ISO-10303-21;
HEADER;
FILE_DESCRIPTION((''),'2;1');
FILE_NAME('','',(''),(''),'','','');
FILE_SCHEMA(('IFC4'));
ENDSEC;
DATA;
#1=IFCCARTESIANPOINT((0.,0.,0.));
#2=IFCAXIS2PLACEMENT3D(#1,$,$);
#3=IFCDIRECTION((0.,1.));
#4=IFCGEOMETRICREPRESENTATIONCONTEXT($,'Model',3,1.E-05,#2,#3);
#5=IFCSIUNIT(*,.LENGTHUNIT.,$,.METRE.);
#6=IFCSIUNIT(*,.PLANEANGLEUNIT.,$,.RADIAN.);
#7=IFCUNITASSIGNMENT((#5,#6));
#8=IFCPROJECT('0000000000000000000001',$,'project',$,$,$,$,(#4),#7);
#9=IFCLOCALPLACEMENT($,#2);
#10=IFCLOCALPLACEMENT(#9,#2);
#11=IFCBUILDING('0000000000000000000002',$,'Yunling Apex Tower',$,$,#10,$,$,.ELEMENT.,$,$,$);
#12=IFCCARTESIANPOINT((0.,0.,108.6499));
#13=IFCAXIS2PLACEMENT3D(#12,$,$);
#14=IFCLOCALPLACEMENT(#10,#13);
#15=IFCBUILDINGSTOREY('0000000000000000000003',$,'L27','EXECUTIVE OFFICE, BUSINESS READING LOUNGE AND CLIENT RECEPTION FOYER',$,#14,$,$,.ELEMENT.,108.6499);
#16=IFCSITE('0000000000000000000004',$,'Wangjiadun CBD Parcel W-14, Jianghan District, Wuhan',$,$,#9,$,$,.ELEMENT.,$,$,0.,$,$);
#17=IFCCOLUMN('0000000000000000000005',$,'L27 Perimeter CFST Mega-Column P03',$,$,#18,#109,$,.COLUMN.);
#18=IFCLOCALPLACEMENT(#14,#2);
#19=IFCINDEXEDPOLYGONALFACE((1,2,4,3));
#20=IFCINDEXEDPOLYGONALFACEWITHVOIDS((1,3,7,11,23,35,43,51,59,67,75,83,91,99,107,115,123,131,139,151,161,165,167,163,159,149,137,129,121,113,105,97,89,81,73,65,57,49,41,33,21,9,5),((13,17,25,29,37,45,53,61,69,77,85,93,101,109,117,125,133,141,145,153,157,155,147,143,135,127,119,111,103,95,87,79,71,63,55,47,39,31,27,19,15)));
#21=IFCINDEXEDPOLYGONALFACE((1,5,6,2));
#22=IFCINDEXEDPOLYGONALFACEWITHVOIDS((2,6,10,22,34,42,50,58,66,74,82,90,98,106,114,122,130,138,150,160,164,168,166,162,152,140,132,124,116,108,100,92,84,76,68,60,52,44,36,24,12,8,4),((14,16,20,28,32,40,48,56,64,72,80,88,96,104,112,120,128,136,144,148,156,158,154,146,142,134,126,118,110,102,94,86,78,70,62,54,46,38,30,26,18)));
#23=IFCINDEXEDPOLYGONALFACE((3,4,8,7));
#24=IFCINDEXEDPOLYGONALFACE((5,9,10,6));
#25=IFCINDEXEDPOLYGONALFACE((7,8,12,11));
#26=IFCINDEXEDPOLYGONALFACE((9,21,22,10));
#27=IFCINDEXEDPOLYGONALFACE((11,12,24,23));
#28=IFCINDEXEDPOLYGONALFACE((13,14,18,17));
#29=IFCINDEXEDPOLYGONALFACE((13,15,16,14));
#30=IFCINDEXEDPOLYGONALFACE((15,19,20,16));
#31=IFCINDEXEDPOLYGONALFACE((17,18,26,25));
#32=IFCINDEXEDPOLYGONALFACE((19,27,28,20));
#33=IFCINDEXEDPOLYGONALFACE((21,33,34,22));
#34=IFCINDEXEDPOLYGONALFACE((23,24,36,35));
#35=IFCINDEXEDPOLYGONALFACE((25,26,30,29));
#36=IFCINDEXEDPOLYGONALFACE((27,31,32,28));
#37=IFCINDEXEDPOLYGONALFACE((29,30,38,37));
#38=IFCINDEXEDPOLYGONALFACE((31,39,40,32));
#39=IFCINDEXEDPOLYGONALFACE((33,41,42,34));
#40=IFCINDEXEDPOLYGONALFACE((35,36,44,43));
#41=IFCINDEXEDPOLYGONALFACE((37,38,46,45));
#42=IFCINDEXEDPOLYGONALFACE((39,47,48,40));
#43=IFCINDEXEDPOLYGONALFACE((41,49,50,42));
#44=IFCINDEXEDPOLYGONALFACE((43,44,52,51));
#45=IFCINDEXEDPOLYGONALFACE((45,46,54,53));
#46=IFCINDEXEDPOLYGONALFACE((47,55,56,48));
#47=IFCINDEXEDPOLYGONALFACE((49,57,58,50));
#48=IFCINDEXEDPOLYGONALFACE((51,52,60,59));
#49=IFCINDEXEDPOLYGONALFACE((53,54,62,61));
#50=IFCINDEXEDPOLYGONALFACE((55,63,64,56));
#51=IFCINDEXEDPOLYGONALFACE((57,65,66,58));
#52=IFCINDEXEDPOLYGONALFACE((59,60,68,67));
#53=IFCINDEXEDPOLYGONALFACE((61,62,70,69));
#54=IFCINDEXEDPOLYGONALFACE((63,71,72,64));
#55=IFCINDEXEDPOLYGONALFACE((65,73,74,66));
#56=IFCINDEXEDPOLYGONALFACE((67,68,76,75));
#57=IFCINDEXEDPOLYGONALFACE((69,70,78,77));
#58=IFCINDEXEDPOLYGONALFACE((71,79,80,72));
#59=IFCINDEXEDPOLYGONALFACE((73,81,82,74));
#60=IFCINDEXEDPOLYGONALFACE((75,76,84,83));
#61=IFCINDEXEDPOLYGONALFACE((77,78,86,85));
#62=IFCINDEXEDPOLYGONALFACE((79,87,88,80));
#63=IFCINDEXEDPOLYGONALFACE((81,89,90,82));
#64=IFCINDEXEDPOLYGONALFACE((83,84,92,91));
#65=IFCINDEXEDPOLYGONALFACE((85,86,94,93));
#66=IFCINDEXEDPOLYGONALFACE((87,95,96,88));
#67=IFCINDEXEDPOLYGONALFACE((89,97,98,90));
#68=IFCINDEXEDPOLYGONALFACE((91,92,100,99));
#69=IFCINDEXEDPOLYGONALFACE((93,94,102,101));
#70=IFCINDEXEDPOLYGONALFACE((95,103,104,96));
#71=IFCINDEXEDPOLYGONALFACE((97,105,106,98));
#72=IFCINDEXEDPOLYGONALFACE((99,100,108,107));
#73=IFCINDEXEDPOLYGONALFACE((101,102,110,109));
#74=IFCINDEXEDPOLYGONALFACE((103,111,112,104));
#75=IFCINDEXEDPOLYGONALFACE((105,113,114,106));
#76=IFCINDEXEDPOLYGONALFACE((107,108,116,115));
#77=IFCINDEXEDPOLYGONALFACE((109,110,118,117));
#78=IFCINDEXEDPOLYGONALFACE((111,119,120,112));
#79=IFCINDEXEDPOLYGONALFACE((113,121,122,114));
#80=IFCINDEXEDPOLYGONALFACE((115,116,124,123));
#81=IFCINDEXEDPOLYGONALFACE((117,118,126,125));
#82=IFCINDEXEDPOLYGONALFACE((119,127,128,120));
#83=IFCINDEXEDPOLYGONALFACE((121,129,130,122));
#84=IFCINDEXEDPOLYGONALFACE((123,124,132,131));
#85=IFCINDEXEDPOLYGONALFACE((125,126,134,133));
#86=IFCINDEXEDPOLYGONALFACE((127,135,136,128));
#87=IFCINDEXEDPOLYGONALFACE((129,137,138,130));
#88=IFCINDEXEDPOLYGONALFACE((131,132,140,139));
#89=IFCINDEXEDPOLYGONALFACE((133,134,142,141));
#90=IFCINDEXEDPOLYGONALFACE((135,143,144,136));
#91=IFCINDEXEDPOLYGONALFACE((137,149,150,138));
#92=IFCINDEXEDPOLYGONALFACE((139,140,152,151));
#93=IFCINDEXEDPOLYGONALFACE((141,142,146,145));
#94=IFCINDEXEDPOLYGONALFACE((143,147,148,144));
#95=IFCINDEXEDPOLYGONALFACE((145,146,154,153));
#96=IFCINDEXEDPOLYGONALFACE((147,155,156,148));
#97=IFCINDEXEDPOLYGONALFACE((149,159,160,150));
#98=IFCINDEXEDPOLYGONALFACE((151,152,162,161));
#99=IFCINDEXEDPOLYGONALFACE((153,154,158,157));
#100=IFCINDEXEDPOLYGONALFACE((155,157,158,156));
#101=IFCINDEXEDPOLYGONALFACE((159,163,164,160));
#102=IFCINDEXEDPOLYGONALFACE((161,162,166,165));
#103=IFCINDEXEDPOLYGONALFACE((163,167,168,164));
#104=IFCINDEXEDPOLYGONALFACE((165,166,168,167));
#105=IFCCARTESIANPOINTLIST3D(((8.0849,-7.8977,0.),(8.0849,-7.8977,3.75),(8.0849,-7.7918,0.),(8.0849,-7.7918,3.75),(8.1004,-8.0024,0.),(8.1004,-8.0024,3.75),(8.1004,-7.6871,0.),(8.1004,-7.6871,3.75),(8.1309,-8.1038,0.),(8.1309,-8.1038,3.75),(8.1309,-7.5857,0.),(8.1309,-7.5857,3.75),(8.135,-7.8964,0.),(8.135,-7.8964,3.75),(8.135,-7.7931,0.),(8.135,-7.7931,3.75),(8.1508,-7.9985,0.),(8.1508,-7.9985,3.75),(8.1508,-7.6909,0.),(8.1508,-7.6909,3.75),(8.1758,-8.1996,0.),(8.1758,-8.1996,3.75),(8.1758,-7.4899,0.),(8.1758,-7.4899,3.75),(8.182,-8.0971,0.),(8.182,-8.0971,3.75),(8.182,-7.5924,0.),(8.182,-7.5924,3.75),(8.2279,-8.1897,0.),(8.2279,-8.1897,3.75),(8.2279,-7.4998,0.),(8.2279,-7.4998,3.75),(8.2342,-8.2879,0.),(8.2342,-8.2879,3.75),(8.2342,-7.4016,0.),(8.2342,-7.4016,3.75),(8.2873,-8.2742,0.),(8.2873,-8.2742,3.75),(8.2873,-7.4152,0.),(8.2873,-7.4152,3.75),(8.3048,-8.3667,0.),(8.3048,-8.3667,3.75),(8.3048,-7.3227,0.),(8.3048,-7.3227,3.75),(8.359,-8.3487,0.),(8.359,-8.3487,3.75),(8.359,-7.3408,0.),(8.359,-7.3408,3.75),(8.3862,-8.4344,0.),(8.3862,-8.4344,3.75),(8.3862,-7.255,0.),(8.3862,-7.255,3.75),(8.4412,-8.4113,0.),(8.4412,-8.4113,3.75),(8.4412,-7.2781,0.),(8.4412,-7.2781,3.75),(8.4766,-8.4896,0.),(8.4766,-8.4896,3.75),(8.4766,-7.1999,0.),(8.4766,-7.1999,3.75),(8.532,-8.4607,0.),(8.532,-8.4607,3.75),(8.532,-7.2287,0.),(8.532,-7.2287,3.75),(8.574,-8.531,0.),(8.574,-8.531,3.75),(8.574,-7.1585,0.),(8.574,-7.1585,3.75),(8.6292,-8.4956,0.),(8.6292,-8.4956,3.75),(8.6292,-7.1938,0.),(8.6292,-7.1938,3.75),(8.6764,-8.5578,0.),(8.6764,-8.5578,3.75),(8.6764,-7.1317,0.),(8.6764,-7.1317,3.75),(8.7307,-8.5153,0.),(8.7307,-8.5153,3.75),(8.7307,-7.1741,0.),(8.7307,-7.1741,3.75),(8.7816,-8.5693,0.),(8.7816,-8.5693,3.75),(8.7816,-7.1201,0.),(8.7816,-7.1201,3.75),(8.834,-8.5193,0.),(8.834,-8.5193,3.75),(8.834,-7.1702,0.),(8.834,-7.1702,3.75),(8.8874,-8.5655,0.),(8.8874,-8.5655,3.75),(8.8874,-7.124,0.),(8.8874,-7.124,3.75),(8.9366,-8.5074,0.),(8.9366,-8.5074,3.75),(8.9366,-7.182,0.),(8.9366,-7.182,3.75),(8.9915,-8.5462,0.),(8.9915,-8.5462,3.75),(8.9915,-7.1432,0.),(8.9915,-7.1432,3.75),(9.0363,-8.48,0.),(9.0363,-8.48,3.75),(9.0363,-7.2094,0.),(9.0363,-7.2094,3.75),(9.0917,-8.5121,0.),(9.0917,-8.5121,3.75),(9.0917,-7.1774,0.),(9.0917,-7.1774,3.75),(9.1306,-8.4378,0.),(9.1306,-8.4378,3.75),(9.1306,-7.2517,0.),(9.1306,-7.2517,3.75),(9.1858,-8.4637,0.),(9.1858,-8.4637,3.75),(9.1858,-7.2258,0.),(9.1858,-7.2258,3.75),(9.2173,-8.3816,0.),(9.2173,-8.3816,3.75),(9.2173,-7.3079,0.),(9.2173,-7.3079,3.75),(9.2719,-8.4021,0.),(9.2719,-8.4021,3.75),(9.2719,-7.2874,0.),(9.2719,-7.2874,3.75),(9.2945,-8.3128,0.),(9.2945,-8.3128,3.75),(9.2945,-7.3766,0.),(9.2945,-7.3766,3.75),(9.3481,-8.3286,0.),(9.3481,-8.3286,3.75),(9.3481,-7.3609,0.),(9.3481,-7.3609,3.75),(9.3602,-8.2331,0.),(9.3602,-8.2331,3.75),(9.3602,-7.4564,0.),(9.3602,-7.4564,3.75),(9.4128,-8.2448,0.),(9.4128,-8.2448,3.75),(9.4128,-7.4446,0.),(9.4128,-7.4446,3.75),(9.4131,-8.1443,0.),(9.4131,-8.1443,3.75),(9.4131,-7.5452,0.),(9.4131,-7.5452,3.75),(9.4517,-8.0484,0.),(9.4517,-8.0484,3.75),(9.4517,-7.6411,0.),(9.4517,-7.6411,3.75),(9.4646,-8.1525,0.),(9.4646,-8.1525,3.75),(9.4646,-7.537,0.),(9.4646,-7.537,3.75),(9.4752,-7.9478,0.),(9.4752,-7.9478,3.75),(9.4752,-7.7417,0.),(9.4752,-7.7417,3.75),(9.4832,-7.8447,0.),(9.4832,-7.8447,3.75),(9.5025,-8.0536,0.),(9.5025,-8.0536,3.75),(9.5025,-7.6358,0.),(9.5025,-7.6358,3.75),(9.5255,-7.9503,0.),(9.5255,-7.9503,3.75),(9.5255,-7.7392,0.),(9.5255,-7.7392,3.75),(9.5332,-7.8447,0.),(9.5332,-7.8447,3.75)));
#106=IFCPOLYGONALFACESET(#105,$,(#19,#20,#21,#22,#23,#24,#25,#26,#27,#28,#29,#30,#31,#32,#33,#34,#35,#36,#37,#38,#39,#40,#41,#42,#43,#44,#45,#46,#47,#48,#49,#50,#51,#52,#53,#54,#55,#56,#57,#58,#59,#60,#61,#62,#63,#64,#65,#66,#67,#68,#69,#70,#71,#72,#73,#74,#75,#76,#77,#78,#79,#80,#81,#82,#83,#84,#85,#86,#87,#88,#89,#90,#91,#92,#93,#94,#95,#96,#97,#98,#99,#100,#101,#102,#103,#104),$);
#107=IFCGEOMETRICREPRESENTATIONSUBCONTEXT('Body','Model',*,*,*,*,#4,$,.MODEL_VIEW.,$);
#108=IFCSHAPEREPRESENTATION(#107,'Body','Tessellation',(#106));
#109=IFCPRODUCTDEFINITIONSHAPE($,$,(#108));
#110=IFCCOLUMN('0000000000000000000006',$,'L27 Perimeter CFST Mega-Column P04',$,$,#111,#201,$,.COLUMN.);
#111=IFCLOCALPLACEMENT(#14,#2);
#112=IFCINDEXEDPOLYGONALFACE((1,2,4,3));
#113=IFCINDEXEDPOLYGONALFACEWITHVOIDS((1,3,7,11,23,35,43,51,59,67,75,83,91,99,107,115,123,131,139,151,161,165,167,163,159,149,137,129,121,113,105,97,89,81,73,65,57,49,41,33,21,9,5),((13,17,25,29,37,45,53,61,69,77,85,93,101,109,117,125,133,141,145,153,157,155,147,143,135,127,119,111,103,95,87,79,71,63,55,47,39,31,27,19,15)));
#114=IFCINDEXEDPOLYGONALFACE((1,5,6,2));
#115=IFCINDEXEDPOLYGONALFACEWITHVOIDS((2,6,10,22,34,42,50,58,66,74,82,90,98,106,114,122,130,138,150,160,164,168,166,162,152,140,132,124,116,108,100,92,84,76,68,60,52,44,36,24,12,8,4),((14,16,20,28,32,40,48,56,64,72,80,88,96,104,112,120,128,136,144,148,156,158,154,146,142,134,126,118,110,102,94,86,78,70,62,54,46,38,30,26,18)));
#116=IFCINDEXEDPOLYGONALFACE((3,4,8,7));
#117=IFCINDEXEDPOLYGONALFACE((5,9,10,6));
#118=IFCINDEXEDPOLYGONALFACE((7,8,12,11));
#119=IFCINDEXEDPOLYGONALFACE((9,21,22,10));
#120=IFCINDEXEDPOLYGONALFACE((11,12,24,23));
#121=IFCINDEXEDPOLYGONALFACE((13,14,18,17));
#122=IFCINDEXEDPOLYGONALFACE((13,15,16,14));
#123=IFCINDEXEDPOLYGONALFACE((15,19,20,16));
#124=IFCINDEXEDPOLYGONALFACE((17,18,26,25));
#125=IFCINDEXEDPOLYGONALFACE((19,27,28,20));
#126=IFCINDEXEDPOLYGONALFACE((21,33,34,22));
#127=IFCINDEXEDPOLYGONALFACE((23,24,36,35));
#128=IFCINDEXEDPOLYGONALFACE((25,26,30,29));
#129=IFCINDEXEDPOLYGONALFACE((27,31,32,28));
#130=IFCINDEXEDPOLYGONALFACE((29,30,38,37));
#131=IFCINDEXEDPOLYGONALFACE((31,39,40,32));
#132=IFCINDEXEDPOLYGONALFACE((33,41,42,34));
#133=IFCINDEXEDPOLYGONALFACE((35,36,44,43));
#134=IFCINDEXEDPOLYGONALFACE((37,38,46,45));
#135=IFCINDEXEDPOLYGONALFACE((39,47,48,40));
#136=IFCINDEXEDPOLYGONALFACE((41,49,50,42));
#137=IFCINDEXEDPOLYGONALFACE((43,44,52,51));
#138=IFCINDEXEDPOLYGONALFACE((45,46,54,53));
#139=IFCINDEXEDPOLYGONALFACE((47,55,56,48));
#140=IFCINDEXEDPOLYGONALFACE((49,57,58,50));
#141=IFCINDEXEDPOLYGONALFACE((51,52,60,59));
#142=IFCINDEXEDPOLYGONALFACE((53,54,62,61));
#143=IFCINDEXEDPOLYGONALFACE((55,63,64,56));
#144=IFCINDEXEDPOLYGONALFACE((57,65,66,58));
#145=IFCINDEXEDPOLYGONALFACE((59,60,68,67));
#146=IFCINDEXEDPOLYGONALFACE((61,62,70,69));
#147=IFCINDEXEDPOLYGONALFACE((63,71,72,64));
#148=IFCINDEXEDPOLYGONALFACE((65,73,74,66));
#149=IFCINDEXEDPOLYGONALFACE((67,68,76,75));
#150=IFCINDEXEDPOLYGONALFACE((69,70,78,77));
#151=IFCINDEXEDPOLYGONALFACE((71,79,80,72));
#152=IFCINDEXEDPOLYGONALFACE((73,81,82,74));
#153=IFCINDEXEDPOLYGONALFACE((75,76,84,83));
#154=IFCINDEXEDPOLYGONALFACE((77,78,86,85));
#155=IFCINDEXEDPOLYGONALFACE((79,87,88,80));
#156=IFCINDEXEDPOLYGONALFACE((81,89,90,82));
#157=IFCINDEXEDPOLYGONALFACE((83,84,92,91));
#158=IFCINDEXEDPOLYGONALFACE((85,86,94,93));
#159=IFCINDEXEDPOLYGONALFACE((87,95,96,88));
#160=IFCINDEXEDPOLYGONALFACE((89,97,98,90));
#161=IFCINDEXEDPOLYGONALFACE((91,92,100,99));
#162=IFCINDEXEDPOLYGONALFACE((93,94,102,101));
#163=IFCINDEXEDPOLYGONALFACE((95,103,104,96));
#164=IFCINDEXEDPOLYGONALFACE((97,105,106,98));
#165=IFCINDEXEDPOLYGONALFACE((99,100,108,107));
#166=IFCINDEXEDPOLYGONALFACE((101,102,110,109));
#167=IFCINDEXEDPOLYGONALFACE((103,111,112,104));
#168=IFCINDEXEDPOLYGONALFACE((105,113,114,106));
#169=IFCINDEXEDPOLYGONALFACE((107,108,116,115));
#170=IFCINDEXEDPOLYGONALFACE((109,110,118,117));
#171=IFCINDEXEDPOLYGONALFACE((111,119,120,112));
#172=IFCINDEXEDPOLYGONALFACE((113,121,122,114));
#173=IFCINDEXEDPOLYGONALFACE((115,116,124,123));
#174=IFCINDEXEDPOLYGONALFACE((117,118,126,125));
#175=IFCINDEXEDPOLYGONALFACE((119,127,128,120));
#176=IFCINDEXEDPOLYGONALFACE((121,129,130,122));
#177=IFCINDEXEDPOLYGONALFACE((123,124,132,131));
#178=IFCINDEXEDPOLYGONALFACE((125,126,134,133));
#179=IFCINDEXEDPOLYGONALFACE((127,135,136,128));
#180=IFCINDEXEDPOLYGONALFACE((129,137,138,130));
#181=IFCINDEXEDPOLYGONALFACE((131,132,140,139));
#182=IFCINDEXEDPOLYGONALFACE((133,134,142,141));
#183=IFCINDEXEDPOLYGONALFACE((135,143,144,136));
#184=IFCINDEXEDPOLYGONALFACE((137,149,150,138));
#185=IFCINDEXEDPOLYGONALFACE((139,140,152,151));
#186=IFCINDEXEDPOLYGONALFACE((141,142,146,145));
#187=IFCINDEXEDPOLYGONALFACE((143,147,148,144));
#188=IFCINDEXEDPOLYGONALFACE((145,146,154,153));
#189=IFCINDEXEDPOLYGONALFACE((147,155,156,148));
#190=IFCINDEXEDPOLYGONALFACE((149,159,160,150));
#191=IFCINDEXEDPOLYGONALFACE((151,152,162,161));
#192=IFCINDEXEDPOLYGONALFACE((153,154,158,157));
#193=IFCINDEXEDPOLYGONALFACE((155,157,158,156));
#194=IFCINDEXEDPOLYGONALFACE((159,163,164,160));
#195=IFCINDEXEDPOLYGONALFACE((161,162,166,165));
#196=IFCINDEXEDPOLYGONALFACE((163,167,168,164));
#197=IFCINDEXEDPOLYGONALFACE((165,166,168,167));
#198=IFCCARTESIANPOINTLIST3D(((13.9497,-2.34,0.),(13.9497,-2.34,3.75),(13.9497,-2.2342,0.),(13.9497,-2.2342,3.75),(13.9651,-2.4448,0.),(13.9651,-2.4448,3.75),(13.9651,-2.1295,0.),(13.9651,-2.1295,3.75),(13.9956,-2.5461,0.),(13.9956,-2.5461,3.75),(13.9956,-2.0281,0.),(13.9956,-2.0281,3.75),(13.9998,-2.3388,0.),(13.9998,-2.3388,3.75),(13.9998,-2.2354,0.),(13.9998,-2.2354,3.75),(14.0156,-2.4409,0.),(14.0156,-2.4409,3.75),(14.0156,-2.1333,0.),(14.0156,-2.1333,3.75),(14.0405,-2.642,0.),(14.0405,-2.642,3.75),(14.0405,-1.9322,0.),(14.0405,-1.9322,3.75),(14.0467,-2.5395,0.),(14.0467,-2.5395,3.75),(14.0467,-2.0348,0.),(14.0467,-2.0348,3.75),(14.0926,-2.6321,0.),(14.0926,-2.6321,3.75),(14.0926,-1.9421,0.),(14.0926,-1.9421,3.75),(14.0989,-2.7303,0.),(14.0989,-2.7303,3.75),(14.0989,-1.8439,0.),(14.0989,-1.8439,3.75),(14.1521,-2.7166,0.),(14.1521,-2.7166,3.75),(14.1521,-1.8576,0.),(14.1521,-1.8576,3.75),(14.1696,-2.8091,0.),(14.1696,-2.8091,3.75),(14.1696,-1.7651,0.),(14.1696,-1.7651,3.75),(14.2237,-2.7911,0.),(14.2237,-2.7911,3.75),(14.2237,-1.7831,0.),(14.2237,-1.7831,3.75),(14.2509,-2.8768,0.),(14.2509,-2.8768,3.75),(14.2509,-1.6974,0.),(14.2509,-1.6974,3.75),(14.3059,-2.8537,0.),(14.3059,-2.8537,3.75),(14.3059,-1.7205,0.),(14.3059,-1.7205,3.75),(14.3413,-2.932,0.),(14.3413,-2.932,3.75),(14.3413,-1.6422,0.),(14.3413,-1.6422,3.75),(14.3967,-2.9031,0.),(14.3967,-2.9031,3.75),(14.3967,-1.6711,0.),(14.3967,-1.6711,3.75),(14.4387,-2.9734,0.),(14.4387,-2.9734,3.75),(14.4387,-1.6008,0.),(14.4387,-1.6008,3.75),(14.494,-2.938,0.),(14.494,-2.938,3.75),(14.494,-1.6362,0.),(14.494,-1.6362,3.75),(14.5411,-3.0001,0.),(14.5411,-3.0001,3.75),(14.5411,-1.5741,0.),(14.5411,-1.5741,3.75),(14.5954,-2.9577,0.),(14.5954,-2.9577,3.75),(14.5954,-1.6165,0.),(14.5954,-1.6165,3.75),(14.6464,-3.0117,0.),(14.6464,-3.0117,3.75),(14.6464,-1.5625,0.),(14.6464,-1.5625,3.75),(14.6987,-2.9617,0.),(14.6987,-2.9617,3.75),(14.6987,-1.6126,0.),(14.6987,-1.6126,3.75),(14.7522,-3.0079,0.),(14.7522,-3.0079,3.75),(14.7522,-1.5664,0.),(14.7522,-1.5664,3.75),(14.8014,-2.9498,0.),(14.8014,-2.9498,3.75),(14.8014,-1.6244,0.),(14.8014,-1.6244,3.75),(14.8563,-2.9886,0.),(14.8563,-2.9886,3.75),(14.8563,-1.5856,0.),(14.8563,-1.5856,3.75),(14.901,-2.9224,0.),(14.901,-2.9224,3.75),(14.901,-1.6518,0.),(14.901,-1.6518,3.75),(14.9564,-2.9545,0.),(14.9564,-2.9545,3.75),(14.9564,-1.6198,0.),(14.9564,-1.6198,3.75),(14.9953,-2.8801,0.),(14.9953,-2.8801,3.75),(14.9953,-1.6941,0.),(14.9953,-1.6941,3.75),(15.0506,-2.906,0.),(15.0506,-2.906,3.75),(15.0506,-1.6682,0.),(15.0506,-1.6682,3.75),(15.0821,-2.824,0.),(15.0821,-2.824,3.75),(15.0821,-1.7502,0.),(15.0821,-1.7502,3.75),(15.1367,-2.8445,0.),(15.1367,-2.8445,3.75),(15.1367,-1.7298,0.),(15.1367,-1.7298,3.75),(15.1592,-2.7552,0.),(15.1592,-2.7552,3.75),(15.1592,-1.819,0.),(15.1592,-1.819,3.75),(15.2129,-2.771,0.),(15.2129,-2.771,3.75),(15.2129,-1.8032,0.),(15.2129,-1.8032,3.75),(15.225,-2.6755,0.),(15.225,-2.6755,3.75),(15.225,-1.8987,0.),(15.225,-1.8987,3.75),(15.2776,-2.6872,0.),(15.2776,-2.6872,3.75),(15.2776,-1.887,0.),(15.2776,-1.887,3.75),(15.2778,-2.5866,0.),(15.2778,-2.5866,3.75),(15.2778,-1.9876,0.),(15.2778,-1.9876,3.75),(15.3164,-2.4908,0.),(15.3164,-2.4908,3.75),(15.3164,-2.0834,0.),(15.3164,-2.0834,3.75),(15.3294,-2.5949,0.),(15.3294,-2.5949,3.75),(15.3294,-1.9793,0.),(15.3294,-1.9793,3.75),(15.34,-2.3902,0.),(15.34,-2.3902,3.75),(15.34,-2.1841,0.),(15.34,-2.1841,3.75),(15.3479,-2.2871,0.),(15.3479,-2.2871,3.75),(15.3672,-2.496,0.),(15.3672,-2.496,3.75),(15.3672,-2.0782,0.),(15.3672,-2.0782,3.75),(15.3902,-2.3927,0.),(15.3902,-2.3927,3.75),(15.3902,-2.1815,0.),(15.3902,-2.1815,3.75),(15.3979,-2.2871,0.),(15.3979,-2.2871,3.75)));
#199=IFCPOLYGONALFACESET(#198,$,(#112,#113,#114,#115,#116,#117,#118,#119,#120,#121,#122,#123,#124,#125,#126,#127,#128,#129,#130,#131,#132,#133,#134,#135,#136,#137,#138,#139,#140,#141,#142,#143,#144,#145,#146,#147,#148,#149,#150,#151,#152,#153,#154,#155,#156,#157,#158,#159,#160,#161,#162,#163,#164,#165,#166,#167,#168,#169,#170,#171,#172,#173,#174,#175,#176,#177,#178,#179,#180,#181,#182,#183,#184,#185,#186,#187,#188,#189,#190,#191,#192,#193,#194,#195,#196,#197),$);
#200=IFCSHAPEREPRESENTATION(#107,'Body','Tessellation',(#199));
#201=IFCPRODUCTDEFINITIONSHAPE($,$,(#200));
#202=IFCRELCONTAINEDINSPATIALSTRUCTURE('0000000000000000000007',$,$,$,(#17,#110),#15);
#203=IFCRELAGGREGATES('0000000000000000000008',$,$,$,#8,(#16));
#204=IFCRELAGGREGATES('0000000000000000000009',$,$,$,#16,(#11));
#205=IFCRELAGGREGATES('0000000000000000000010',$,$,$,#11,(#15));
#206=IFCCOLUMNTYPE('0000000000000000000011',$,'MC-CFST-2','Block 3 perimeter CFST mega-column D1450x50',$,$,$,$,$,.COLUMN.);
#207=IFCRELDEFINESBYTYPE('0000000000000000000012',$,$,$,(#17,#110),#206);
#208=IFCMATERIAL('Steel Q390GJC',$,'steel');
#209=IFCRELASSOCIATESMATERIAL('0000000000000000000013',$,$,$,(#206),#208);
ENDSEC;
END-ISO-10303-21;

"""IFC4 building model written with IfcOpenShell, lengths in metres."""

from ifc_helpers import new_model, si_unit, direction, frame, origin, origin_2d, place, context, subcontext, project, spatial, hollow_circle, extrude, source, transform, mapped, material, material_profile, profile_set, type_object, element, save


model = new_model("IFC4")

# Units and contexts
model_context = context("Model", 3, precision=1e-05, world=origin(), true_north=direction((0.0, 1.0)))
body_context = subcontext(model_context, "Body", "Model", "MODEL_VIEW")
ifc_project = project(units=[si_unit("LENGTHUNIT", "METRE"), si_unit("PLANEANGLEUNIT", "RADIAN")], contexts=[model_context])

# Site, building, storey
site_placement = place(None, origin())
site = spatial("IfcSite", under=ifc_project, at=site_placement, Name="Wangjiadun CBD Parcel W-14, Jianghan District, Wuhan", CompositionType="ELEMENT", RefElevation=0.0)
building_placement = place(site_placement, origin())
building = spatial("IfcBuilding", under=site, at=building_placement, Name="Yunling Apex Tower", CompositionType="ELEMENT")
storey_placement = place(building_placement, frame((0.0, 0.0, 108.6499)))
storey = spatial("IfcBuildingStorey", under=building, at=storey_placement, Name="L27", Description="EXECUTIVE OFFICE, BUSINESS READING LOUNGE AND CLIENT RECEPTION FOYER", CompositionType="ELEMENT", Elevation=108.6499)

# Columns
ifc_material_1 = material(Name="Steel Q390GJC", Category="steel")
ifc_material_profile_1 = material_profile(ifc_material_1, hollow_circle(Radius=0.7251, WallThickness=0.05, at=origin_2d()))
ifc_profile_set_1 = profile_set([ifc_material_profile_1], Name="Steel Q390GJC")
column_type = type_object("IfcColumnType", Name="MC-CFST-2", Description="Block 3 perimeter CFST mega-column D1450x50", PredefinedType="COLUMN", material=ifc_profile_set_1)
shared_shape_1 = source(origin(), body_context, "Body", "SweptSolid", [
    extrude(hollow_circle(Radius=0.7251, WallThickness=0.05, at=origin_2d()), origin(), (0.0, 0.0, 1.0), 3.75),
])
for number, where, z_axis, x_axis, name in (
    (1, (8.8081, -7.8447, 0.0), (0.0, 0.0, 1.0), (1.0, 0.0, 0.0), "L27 Perimeter CFST Mega-Column P03"),
    (2, (14.6729, -2.2871, 0.0), (0.0, 0.0, 1.0), (1.0, 0.0, 0.0), "L27 Perimeter CFST Mega-Column P04"),
):
    element("IfcColumn", number, at=place(storey_placement, frame(where, z_axis=z_axis, x_axis=x_axis)), inside=storey, type_object=column_type, Name=name, PredefinedType="COLUMN", context=body_context, shape_type="MappedRepresentation", body=[
        mapped(shared_shape_1, transform((0.0, 0.0, 0.0), scale=1.0)),
    ])

save(model, "model.ifc")
